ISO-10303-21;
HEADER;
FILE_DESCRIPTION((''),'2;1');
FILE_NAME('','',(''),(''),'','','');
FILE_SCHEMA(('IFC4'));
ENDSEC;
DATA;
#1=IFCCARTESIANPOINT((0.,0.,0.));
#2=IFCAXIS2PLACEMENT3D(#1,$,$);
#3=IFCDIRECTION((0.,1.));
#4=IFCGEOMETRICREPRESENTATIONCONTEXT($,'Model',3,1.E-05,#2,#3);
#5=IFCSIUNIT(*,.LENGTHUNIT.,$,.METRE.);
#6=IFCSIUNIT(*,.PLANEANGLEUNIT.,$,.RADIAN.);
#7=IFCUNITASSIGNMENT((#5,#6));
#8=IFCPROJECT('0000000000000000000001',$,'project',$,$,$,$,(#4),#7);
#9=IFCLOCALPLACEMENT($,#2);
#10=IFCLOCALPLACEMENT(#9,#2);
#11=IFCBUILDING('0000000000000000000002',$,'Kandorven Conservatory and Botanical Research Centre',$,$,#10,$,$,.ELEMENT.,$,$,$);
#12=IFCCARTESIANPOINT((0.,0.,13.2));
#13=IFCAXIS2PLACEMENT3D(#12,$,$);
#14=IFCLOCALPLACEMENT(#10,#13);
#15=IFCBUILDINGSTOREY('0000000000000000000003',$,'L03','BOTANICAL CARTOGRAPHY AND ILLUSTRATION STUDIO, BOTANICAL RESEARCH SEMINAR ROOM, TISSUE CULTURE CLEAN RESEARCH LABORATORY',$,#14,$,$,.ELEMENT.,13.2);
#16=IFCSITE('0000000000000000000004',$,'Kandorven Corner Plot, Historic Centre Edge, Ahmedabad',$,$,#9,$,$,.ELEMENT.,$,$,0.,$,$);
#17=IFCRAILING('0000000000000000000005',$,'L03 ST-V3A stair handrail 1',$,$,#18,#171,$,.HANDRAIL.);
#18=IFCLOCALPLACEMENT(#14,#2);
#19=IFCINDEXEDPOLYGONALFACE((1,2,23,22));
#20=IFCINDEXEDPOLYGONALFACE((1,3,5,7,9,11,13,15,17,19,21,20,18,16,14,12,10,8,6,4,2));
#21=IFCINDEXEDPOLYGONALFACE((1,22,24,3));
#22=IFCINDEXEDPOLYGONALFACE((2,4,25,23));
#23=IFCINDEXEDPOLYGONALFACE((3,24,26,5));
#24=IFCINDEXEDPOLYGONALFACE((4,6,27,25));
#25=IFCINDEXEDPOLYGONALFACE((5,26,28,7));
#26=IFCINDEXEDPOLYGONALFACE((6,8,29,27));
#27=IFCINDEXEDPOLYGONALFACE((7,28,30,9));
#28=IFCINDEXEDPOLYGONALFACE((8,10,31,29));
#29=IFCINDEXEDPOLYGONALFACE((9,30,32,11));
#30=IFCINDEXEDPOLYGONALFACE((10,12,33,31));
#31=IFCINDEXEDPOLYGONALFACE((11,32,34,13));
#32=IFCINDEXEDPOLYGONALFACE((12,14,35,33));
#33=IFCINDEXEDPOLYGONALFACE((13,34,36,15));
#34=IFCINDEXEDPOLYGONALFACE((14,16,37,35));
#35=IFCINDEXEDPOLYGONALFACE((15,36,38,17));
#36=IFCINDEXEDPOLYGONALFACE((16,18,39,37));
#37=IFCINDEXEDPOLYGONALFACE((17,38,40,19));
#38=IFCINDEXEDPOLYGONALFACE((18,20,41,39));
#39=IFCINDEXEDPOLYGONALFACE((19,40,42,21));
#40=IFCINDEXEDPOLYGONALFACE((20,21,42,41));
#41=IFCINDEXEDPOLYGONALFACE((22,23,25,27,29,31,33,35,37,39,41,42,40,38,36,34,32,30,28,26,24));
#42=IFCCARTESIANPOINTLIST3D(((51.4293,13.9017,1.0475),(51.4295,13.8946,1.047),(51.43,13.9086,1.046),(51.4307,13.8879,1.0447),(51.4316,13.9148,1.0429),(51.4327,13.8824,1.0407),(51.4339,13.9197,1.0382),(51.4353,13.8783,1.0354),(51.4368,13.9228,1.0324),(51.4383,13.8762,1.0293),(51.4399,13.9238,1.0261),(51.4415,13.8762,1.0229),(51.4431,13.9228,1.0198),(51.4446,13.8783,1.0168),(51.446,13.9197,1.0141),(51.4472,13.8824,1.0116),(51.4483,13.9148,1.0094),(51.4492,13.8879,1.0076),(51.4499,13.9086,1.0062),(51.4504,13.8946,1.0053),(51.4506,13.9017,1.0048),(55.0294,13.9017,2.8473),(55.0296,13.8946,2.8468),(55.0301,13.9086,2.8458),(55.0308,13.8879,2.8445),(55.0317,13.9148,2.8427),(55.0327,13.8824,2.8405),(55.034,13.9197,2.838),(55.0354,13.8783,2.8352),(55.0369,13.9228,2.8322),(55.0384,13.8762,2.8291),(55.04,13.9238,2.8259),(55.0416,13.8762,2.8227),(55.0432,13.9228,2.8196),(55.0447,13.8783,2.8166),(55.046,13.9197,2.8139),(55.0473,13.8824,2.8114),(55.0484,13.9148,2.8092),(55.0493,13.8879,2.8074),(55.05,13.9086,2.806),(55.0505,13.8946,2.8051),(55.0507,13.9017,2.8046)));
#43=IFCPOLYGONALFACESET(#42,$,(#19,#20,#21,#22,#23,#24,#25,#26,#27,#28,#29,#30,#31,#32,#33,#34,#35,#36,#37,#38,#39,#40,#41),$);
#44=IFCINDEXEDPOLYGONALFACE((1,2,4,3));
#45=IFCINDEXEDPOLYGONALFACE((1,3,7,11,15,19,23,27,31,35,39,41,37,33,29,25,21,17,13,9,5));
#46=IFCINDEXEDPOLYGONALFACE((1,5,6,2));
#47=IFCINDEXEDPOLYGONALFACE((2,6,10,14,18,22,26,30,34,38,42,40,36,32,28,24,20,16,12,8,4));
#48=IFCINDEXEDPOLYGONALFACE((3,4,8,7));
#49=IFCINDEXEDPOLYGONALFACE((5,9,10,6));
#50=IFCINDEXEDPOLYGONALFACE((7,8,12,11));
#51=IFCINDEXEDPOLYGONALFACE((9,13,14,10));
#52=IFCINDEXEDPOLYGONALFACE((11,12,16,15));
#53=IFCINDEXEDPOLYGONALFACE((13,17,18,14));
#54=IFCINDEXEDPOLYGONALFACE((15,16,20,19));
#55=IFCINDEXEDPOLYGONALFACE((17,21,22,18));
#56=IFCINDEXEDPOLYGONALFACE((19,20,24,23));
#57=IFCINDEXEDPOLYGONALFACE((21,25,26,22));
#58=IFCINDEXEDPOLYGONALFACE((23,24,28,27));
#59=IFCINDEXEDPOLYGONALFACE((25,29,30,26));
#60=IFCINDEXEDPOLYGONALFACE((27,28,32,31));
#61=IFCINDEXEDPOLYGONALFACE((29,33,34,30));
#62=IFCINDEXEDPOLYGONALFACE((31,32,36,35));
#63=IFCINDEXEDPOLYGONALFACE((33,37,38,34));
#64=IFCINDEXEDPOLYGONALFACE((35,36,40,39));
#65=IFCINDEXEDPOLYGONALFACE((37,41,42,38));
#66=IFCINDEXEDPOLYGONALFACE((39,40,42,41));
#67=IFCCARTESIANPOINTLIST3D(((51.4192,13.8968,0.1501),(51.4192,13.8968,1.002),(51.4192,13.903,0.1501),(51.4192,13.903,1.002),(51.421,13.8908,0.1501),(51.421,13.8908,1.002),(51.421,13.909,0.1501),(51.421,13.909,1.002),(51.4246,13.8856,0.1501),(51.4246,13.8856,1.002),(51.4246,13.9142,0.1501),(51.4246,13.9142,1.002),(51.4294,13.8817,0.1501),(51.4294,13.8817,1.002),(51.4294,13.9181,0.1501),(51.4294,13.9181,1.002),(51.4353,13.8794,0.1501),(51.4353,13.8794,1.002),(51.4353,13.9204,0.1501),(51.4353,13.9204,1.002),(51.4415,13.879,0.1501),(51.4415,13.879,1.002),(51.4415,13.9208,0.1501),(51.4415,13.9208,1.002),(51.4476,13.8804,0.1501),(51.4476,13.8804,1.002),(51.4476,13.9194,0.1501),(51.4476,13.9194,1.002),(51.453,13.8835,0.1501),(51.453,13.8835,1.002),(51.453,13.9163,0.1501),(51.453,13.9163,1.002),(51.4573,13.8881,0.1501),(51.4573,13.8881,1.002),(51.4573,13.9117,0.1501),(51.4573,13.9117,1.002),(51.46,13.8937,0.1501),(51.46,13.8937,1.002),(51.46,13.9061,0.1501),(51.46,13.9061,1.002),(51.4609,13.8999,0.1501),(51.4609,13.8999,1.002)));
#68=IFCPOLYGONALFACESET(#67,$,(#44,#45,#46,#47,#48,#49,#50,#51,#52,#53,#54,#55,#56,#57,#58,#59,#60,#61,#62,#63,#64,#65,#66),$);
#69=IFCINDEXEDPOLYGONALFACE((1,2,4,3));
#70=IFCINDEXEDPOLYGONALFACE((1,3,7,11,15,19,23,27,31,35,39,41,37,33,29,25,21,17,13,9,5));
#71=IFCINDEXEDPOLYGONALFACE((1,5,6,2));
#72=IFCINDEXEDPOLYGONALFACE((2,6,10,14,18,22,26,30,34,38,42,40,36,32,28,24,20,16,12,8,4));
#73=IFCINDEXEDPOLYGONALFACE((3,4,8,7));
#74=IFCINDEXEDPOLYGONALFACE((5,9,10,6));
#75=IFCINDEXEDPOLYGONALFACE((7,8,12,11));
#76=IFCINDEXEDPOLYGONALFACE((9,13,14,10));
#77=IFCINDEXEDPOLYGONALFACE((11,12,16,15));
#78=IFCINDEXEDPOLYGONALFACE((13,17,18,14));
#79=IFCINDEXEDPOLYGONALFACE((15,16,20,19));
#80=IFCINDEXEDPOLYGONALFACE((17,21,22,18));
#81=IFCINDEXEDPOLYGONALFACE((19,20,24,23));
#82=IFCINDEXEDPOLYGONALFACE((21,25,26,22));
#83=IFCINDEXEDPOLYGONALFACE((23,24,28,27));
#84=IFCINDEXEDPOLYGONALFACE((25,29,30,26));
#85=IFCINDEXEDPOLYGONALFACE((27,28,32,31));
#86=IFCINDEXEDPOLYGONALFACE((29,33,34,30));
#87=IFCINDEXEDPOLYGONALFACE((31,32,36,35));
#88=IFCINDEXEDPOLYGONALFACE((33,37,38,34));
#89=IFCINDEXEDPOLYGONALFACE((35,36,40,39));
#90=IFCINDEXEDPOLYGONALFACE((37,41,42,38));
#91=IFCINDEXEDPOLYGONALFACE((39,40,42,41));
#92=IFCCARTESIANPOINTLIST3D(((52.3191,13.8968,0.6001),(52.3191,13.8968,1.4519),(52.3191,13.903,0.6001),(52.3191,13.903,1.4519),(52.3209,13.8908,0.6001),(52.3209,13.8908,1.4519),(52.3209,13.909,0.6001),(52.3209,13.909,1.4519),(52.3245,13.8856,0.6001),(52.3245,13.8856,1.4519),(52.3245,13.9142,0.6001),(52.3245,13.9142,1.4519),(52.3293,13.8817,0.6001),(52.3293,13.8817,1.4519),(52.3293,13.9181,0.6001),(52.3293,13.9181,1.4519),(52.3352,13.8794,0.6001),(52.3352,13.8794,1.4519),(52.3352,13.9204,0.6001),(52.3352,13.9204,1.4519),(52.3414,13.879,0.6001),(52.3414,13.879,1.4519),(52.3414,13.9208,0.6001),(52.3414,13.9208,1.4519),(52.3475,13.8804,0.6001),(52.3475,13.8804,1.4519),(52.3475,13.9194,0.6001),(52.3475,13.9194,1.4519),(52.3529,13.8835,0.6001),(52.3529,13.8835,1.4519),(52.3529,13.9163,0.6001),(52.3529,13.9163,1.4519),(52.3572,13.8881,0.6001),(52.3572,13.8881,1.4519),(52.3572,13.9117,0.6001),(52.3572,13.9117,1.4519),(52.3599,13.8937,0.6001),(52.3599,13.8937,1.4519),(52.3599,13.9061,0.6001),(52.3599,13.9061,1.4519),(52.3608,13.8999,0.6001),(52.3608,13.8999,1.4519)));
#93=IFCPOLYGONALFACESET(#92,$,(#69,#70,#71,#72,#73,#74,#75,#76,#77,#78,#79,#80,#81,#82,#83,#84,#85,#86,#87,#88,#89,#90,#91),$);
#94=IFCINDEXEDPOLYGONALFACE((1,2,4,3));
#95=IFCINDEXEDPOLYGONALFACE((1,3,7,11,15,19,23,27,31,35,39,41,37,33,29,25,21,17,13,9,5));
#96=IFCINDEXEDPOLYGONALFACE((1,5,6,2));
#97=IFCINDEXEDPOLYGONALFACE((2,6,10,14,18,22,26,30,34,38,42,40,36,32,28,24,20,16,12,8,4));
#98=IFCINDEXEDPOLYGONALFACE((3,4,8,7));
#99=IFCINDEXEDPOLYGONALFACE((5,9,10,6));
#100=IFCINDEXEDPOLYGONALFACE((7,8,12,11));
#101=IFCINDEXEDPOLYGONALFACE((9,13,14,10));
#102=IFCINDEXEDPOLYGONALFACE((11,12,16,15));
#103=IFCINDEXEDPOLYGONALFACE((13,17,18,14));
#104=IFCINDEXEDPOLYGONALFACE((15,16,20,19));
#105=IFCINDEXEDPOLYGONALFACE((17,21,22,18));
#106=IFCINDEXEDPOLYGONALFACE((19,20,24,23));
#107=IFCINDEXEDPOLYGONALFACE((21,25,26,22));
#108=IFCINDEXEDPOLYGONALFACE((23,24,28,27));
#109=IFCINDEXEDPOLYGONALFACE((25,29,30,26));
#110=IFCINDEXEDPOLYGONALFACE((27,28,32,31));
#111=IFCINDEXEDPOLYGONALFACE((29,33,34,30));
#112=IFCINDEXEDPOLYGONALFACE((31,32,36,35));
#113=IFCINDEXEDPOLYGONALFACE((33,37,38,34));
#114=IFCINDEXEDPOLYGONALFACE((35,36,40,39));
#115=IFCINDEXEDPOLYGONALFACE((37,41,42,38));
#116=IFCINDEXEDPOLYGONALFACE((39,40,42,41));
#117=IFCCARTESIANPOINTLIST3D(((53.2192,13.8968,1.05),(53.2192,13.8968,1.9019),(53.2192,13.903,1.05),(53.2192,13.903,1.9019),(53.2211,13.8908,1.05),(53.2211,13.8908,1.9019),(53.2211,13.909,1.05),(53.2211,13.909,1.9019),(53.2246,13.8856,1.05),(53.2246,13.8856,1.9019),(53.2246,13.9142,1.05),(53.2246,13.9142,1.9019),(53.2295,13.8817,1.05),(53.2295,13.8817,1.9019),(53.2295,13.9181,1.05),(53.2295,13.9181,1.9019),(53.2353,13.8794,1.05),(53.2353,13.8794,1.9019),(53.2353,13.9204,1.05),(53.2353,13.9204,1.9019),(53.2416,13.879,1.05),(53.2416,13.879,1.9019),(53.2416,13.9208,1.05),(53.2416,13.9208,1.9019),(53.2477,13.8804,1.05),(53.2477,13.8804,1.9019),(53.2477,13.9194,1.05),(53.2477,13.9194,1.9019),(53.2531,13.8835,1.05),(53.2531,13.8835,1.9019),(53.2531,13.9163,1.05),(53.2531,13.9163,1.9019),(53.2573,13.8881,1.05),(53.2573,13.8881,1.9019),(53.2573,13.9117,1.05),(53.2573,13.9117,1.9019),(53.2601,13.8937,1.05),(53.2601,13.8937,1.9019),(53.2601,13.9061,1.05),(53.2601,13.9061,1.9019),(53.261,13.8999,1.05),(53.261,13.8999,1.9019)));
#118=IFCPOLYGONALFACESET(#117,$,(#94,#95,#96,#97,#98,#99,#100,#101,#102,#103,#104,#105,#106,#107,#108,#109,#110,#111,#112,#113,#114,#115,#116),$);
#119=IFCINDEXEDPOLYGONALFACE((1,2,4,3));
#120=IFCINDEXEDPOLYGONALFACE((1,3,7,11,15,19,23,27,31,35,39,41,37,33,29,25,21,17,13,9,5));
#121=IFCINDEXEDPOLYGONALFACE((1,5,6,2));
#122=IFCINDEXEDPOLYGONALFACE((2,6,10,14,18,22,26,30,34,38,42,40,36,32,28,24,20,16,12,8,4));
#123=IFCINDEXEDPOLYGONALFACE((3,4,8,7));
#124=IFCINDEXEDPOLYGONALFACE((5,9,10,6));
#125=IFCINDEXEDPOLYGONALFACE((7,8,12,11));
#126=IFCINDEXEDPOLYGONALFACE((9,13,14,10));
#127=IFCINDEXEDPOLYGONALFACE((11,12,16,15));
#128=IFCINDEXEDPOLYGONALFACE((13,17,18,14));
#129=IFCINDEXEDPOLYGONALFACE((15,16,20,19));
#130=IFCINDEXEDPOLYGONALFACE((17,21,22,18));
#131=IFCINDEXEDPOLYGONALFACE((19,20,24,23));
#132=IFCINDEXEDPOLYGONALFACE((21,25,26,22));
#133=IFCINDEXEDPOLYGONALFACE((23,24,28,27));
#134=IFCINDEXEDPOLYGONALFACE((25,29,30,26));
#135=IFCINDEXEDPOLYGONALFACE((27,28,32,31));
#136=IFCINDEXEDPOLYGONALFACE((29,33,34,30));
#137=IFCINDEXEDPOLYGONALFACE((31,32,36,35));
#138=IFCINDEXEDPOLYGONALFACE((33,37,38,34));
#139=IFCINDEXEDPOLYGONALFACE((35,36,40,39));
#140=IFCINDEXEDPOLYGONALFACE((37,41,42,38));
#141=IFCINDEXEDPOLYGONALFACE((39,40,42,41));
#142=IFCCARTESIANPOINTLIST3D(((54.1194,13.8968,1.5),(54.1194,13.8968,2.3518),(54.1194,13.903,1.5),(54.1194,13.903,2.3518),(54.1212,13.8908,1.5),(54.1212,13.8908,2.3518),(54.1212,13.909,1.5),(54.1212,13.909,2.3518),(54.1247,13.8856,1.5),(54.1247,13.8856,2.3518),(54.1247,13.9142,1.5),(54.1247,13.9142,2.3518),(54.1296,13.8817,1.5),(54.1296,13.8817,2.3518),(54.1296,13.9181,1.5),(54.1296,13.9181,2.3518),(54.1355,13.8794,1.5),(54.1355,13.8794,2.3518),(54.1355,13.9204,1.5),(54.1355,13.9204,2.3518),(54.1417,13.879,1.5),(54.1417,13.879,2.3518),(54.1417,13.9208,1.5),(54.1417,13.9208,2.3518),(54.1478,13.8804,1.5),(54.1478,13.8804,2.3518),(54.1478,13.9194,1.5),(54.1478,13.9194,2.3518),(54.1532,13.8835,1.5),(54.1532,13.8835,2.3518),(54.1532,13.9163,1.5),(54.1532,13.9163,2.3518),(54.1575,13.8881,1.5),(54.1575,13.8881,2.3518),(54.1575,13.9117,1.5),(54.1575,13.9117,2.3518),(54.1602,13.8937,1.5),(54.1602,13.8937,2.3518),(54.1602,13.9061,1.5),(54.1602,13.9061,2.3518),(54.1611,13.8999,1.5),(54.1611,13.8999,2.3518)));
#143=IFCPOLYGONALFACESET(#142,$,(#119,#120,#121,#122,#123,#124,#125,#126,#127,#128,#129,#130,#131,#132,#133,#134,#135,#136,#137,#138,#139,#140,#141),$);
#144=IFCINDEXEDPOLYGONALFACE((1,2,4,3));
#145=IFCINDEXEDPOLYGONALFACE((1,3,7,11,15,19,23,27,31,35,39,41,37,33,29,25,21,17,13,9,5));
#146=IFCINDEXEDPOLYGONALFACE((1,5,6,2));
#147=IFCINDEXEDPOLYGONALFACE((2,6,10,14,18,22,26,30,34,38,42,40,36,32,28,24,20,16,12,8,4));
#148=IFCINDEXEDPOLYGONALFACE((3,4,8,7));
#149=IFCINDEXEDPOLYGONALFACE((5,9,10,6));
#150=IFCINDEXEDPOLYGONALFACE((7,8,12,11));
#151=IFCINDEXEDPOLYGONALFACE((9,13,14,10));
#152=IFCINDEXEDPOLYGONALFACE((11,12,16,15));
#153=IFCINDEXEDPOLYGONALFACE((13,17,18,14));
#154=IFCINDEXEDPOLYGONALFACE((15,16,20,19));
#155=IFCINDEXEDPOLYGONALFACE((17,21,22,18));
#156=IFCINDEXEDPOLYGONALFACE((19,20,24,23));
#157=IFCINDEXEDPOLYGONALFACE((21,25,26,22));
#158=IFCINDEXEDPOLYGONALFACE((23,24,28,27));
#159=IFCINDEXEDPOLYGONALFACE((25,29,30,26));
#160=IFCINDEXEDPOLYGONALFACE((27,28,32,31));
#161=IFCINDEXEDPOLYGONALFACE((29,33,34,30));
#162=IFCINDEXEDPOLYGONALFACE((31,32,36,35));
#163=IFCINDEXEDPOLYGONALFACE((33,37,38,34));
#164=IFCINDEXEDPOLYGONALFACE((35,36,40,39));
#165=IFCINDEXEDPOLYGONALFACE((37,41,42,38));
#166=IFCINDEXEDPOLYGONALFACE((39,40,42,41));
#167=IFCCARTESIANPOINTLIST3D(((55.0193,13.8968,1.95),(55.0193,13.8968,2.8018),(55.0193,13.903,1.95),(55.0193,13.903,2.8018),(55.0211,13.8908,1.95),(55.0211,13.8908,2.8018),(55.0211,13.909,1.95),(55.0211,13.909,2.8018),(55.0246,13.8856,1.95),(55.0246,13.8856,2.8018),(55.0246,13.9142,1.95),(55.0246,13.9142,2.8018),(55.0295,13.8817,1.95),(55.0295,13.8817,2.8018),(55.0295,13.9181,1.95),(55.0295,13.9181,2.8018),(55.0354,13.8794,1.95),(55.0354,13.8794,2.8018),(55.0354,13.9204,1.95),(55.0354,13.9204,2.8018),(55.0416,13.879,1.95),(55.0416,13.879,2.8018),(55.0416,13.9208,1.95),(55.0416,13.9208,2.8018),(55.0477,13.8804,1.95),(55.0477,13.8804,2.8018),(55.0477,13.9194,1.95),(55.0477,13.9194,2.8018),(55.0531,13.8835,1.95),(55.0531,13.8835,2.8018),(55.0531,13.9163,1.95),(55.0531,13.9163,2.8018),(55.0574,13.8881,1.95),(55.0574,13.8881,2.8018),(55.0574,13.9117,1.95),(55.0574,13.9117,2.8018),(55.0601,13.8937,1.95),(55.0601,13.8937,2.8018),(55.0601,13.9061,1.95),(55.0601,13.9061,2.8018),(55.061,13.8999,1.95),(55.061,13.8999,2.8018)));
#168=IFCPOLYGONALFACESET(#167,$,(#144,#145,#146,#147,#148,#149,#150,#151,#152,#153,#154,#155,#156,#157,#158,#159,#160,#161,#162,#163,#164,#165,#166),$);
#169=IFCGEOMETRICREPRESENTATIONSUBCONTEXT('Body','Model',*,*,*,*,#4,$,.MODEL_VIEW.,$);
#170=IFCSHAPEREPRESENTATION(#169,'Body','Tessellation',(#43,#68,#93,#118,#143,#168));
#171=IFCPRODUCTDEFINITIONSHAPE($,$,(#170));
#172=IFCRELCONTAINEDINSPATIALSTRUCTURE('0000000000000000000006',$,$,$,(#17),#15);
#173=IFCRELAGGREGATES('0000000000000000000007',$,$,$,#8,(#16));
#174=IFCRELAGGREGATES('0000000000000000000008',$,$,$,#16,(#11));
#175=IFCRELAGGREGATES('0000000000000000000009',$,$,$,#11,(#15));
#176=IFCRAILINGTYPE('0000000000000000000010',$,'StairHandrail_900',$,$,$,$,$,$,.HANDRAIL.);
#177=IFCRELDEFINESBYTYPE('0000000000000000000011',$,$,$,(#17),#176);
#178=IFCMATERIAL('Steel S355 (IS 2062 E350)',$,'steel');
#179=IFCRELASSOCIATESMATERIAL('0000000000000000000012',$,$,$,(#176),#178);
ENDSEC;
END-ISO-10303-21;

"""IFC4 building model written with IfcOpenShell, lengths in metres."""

from ifc_helpers import new_model, si_unit, direction, frame, origin, origin_2d, place, context, subcontext, project, spatial, circle, extrude, material, type_object, element, save


model = new_model("IFC4")

# Units and contexts
model_context = context("Model", 3, precision=1e-05, world=origin(), true_north=direction((0.0, 1.0)))
body_context = subcontext(model_context, "Body", "Model", "MODEL_VIEW")
ifc_project = project(units=[si_unit("LENGTHUNIT", "METRE"), si_unit("PLANEANGLEUNIT", "RADIAN")], contexts=[model_context])

# Site, building, storey
site_placement = place(None, origin())
site = spatial("IfcSite", under=ifc_project, at=site_placement, Name="Kandorven Corner Plot, Historic Centre Edge, Ahmedabad", CompositionType="ELEMENT", RefElevation=0.0)
building_placement = place(site_placement, origin())
building = spatial("IfcBuilding", under=site, at=building_placement, Name="Kandorven Conservatory and Botanical Research Centre", CompositionType="ELEMENT")
storey_placement = place(building_placement, frame((0.0, 0.0, 13.2)))
storey = spatial("IfcBuildingStorey", under=building, at=storey_placement, Name="L03", Description="BOTANICAL CARTOGRAPHY AND ILLUSTRATION STUDIO, BOTANICAL RESEARCH SEMINAR ROOM, TISSUE CULTURE CLEAN RESEARCH LABORATORY", CompositionType="ELEMENT", Elevation=13.2)

# Railing
ifc_material_1 = material(Name="Steel S355 (IS 2062 E350)", Category="steel")
railing_type_1 = type_object("IfcRailingType", Name="StairHandrail_900", PredefinedType="HANDRAIL", material=ifc_material_1)
railing_1_placement = place(storey_placement, frame((51.4399, 13.8999, 0.1501)))
element("IfcRailing", 1, at=railing_1_placement, inside=storey, type_object=railing_type_1, Name="L03 ST-V3A stair handrail 1", PredefinedType="HANDRAIL", context=body_context, shape_type="SweptSolid", body=[
    extrude(circle(Radius=0.0239, at=origin_2d()), frame((0.0, 0.0, 0.876), z_axis=(0.894451, 0.0, 0.447165), x_axis=(0.0, 1.0, 0.0)), (0.0, 0.0, 1.0), 4.0249),
    extrude(circle(Radius=0.021, at=origin_2d()), origin(), (0.0, 0.0, 1.0), 0.8518),
    extrude(circle(Radius=0.021, at=origin_2d()), frame((0.8999, 0.0, 0.45)), (0.0, 0.0, 1.0), 0.8518),
    extrude(circle(Radius=0.021, at=origin_2d()), frame((1.8, 0.0, 0.8999)), (0.0, 0.0, 1.0), 0.8518),
    extrude(circle(Radius=0.021, at=origin_2d()), frame((2.7002, 0.0, 1.3499)), (0.0, 0.0, 1.0), 0.8518),
    extrude(circle(Radius=0.021, at=origin_2d()), frame((3.6001, 0.0, 1.7998)), (0.0, 0.0, 1.0), 0.8518),
])

save(model, "model.ifc")
